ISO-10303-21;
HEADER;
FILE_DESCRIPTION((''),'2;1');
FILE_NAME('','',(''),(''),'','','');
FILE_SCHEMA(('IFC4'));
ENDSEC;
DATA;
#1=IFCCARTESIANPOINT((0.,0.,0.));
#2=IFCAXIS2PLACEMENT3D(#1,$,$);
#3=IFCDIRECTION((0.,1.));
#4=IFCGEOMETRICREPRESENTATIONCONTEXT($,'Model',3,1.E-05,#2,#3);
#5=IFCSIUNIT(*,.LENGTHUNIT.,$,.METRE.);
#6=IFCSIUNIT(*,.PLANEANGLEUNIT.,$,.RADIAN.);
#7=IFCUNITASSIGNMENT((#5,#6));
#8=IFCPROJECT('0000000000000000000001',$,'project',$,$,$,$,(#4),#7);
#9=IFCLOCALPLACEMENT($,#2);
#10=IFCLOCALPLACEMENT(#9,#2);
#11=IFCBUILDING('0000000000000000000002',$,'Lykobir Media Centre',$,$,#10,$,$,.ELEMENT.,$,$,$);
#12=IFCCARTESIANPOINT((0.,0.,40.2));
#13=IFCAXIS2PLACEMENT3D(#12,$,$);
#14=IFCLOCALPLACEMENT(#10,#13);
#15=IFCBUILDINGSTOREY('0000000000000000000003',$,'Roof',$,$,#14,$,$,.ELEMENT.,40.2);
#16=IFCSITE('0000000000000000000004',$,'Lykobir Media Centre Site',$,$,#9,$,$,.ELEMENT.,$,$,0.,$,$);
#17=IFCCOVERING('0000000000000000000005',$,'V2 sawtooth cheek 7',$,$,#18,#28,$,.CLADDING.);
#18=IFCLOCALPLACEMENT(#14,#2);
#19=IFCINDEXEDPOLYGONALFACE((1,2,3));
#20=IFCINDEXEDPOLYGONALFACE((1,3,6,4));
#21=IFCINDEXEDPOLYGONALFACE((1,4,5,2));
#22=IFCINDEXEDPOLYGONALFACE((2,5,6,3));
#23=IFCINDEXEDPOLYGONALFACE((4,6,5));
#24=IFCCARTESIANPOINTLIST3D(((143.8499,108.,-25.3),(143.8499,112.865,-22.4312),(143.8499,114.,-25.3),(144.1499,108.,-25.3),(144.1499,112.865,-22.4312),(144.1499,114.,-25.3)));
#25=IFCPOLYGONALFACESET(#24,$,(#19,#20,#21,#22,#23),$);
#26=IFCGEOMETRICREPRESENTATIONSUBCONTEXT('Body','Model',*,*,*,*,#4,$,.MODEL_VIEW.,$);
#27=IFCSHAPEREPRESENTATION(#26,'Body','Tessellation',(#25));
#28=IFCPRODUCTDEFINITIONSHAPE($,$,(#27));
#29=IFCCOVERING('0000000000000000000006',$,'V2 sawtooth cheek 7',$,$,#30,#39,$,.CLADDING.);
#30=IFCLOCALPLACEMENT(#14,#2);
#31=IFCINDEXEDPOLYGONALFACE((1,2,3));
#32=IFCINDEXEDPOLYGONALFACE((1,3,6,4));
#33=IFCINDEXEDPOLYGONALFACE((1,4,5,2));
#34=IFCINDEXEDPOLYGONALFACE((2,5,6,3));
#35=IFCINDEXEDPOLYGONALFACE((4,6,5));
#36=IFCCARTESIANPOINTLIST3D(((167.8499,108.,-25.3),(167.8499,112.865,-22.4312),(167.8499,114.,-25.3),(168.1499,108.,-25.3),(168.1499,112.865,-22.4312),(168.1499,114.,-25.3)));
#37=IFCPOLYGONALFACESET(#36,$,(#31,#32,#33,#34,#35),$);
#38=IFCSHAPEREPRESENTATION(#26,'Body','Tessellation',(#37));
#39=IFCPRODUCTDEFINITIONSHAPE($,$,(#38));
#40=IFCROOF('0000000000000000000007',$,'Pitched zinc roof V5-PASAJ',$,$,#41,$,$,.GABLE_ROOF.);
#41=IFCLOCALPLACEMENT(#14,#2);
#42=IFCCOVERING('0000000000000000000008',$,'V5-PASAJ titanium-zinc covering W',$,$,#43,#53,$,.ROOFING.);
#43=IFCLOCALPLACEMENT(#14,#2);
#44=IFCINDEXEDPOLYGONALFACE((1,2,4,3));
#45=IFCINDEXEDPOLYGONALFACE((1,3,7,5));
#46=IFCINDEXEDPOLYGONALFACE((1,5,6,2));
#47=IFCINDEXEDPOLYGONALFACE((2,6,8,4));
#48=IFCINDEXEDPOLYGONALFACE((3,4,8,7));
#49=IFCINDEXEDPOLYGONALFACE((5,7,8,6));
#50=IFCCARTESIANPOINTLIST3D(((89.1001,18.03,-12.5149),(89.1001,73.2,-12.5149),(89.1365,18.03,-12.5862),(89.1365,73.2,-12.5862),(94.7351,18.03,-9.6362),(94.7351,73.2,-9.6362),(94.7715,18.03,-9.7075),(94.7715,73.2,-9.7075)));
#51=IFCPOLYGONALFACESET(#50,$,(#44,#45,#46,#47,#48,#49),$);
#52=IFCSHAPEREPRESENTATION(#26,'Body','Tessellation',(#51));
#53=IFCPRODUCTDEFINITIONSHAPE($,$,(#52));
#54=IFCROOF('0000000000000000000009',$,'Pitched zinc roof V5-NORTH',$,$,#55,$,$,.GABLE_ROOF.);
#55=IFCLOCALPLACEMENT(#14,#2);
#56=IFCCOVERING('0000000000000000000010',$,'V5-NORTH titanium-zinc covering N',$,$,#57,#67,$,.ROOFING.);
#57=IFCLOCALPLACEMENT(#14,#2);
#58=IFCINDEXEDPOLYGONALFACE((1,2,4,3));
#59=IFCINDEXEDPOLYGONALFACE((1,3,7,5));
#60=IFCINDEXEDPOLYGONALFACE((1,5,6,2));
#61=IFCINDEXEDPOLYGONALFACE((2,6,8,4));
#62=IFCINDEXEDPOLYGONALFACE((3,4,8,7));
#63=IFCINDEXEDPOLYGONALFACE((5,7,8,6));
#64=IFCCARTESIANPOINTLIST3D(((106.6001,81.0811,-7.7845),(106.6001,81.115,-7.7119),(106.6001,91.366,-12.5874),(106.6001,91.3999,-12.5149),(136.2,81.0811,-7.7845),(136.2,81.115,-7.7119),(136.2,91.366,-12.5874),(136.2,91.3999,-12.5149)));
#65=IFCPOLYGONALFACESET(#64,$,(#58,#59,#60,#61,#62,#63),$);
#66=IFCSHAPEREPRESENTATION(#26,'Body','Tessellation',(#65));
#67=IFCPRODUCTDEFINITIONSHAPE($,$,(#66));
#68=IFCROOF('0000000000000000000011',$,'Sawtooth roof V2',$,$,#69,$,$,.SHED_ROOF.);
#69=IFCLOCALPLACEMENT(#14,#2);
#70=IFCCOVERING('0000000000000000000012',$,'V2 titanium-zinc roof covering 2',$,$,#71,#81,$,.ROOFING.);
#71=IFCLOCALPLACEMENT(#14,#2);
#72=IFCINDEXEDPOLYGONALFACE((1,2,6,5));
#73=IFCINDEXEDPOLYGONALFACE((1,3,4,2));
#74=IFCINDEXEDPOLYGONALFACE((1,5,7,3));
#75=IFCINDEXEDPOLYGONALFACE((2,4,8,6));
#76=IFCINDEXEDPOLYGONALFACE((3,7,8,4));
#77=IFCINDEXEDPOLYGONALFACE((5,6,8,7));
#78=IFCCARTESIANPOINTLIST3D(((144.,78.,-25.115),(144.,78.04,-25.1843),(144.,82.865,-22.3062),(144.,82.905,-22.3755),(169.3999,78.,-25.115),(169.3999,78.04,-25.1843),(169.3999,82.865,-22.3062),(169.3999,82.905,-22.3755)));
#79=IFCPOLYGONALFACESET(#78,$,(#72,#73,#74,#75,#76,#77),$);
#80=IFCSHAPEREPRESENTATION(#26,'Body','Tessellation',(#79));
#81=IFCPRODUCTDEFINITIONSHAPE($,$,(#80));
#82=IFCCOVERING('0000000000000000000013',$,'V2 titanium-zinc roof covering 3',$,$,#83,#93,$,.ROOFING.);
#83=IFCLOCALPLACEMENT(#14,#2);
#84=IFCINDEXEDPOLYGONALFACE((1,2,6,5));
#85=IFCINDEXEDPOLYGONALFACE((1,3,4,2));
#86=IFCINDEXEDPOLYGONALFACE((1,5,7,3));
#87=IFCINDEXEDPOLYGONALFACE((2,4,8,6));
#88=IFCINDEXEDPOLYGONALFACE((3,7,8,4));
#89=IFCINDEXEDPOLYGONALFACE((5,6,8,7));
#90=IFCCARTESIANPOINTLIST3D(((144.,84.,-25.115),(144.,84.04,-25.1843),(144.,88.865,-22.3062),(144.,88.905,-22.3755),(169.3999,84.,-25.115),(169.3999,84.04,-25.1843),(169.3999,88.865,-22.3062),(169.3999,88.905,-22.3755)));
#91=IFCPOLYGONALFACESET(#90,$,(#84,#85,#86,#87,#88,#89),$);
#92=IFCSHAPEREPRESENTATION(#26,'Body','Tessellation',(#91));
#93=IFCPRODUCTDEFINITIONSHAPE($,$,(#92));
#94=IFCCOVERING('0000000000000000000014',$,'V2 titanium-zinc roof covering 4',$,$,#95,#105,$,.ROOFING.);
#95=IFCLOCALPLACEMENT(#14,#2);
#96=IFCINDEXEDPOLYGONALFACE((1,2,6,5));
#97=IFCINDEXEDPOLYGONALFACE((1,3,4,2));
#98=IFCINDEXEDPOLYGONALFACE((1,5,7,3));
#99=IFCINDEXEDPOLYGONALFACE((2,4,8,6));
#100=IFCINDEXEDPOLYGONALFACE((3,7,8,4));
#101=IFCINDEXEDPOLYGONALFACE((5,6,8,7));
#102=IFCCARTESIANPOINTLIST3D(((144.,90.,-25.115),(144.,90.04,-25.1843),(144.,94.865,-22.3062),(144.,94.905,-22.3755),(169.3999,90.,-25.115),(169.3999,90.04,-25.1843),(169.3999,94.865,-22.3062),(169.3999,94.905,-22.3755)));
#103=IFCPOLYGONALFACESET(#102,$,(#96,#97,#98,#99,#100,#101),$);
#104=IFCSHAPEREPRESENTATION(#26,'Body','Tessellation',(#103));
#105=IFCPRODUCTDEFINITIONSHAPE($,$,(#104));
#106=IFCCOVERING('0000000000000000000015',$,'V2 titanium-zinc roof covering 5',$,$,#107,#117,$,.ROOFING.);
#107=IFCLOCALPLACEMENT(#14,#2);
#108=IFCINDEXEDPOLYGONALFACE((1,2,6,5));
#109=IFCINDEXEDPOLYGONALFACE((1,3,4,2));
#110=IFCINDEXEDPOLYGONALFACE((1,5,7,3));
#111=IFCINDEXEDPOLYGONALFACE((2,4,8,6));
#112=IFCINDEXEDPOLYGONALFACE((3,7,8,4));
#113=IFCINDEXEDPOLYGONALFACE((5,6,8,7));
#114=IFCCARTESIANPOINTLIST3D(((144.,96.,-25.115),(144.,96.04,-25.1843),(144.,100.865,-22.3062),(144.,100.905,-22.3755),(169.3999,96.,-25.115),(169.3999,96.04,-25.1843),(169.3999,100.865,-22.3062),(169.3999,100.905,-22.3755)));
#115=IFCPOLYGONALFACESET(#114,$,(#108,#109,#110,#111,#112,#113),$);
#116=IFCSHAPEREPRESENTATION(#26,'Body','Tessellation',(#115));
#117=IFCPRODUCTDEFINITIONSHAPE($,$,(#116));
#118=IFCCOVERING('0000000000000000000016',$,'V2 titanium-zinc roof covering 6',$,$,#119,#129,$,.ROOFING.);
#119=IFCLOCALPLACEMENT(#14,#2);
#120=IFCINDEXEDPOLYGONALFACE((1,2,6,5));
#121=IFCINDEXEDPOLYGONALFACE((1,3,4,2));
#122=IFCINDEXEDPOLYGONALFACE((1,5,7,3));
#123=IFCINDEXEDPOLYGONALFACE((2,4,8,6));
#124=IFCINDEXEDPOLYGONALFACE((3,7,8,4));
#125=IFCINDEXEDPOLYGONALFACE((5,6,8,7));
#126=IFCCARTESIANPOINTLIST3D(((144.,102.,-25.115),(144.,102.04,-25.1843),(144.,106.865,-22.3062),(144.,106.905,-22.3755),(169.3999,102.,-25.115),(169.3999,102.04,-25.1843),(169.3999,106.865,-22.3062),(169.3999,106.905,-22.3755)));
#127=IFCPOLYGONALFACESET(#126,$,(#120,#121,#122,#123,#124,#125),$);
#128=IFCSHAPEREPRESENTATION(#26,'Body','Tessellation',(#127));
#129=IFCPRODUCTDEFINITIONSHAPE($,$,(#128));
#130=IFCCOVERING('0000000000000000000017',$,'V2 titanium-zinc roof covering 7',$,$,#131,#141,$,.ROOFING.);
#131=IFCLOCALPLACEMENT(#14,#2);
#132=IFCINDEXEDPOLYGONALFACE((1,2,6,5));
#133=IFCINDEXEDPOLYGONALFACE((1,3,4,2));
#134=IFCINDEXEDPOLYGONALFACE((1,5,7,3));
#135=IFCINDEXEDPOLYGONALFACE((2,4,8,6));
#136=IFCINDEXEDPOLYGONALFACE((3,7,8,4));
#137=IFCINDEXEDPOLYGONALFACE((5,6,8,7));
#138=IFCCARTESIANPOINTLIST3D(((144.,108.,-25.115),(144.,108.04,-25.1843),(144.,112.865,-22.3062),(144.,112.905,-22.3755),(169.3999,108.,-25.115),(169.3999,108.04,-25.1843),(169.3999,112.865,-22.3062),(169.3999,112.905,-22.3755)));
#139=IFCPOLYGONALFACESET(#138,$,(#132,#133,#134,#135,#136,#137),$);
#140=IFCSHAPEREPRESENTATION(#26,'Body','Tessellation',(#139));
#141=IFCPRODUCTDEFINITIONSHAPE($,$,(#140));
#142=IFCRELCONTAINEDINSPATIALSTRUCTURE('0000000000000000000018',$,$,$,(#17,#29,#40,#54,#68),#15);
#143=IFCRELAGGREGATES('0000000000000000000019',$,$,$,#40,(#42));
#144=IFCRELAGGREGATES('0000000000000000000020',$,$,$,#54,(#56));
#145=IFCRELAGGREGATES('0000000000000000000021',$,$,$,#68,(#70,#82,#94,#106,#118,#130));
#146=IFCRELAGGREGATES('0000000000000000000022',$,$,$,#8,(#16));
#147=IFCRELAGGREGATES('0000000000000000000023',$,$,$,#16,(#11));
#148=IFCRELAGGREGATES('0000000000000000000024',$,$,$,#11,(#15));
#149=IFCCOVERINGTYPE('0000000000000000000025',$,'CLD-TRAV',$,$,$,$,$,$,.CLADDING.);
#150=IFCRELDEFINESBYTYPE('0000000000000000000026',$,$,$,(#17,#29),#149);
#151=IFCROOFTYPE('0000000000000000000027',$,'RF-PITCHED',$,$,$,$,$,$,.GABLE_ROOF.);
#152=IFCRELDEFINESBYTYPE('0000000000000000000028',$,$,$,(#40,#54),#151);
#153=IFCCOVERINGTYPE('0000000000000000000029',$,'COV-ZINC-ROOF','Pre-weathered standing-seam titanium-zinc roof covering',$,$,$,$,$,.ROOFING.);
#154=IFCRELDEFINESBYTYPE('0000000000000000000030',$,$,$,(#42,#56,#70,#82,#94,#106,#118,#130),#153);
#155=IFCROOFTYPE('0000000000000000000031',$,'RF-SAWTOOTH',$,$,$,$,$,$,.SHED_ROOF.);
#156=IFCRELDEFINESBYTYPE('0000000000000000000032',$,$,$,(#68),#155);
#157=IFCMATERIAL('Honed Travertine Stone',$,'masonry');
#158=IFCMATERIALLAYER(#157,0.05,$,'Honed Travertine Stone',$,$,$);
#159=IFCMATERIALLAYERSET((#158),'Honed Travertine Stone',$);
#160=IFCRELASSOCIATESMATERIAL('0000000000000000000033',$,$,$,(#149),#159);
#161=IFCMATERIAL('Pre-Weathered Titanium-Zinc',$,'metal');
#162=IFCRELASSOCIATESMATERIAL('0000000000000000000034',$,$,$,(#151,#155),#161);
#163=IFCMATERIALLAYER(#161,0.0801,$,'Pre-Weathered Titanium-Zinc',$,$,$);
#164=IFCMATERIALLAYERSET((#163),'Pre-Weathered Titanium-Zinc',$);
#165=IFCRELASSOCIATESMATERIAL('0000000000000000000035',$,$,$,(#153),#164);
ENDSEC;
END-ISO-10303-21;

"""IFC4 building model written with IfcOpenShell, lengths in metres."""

from ifc_helpers import new_model, si_unit, direction, frame, origin, place, context, subcontext, project, spatial, polyline, outline, extrude, material, layer, layer_set, type_object, element, aggregate, save


model = new_model("IFC4")

# Units and contexts
model_context = context("Model", 3, precision=1e-05, world=origin(), true_north=direction((0.0, 1.0)))
body_context = subcontext(model_context, "Body", "Model", "MODEL_VIEW")
ifc_project = project(units=[si_unit("LENGTHUNIT", "METRE"), si_unit("PLANEANGLEUNIT", "RADIAN")], contexts=[model_context])

# Site, building, storey
site_placement = place(None, origin())
site = spatial("IfcSite", under=ifc_project, at=site_placement, Name="Lykobir Media Centre Site", CompositionType="ELEMENT", RefElevation=0.0)
building_placement = place(site_placement, origin())
building = spatial("IfcBuilding", under=site, at=building_placement, Name="Lykobir Media Centre", CompositionType="ELEMENT")
storey_placement = place(building_placement, frame((0.0, 0.0, 40.2)))
storey = spatial("IfcBuildingStorey", under=building, at=storey_placement, Name="Roof", CompositionType="ELEMENT", Elevation=40.2)

# Coverings
ifc_material_1 = material(Name="Honed Travertine Stone", Category="masonry")
ifc_layer_1 = layer(ifc_material_1, 0.05, Name="Honed Travertine Stone")
ifc_layer_set_1 = layer_set([ifc_layer_1], Name="Honed Travertine Stone")
covering_type_1 = type_object("IfcCoveringType", Name="CLD-TRAV", PredefinedType="CLADDING", material=ifc_layer_set_1)
for number, where, z_axis, x_axis, name in (
    (1, (144.1499, 108.0, -25.3), (1.0, 0.0, 0.0), (0.0, 1.0, 0.0), "V2 sawtooth cheek 7"),
    (2, (168.1499, 108.0, -25.3), (1.0, 0.0, 0.0), (0.0, 1.0, 0.0), "V2 sawtooth cheek 7"),
):
    element("IfcCovering", number, at=place(storey_placement, frame(where, z_axis=z_axis, x_axis=x_axis)), inside=storey, type_object=covering_type_1, Name=name, PredefinedType="CLADDING", context=body_context, shape_type="SweptSolid", body=[
        extrude(outline(polyline([(0.0, 0.0), (6.0, 0.0), (4.865, 2.8689), (0.0, 0.0)])), origin(), (0.0, 0.0, -1.0), 0.3),
    ])

# Roofs, coverings
ifc_material_2 = material(Name="Pre-Weathered Titanium-Zinc", Category="metal")
roof_type_1 = type_object("IfcRoofType", Name="RF-PITCHED", PredefinedType="GABLE_ROOF", material=ifc_material_2)
roof_1_placement = place(storey_placement, origin())
roof_1 = element("IfcRoof", 3, at=roof_1_placement, inside=storey, type_object=roof_type_1, Name="Pitched zinc roof V5-PASAJ", PredefinedType="GABLE_ROOF")
ifc_layer_2 = layer(ifc_material_2, 0.0801, Name="Pre-Weathered Titanium-Zinc")
ifc_layer_set_2 = layer_set([ifc_layer_2], Name="Pre-Weathered Titanium-Zinc")
covering_type_2 = type_object("IfcCoveringType", Name="COV-ZINC-ROOF", Description="Pre-weathered standing-seam titanium-zinc roof covering", PredefinedType="ROOFING", material=ifc_layer_set_2)
covering_1_placement = place(storey_placement, frame((89.1001, 73.2, -12.5149), z_axis=(-0.454929, 0.0, 0.890528), x_axis=(0.0, -1.0, 0.0)))
covering_1 = element("IfcCovering", 4, at=covering_1_placement, type_object=covering_type_2, Name="V5-PASAJ titanium-zinc covering W", PredefinedType="ROOFING", context=body_context, shape_type="SweptSolid", body=[
    extrude(outline(polyline([(0.0, 0.0), (55.1699, 0.0), (55.1699, 6.3277), (0.0, 6.3277), (0.0, 0.0)])), origin(), (0.0, 0.0, -1.0), 0.0801),
])
aggregate(roof_1, [covering_1])
roof_2_placement = place(storey_placement, origin())
roof_2 = element("IfcRoof", 5, at=roof_2_placement, inside=storey, type_object=roof_type_1, Name="Pitched zinc roof V5-NORTH", PredefinedType="GABLE_ROOF")
covering_2_placement = place(storey_placement, frame((136.2, 91.3999, -12.5149), z_axis=(0.0, 0.423128, 0.90607), x_axis=(-1.0, 0.0, 0.0)))
covering_2 = element("IfcCovering", 6, at=covering_2_placement, type_object=covering_type_2, Name="V5-NORTH titanium-zinc covering N", PredefinedType="ROOFING", context=body_context, shape_type="SweptSolid", body=[
    extrude(outline(polyline([(0.0, 0.0), (29.5999, 0.0), (29.5999, 11.3511), (0.0, 11.3511), (0.0, 0.0)])), origin(), (0.0, 0.0, -1.0), 0.0801),
])
aggregate(roof_2, [covering_2])

# Roof, coverings
roof_type_2 = type_object("IfcRoofType", Name="RF-SAWTOOTH", PredefinedType="SHED_ROOF", material=ifc_material_2)
roof_3_placement = place(storey_placement, origin())
roof_3 = element("IfcRoof", 7, at=roof_3_placement, inside=storey, type_object=roof_type_2, Name="Sawtooth roof V2", PredefinedType="SHED_ROOF")
covering_3_placement = place(storey_placement, frame((144.0, 78.0, -25.115), z_axis=(0.0, -0.500005, 0.866023), x_axis=(1.0, 0.0, 0.0)))
covering_3 = element("IfcCovering", 8, at=covering_3_placement, type_object=covering_type_2, Name="V2 titanium-zinc roof covering 2", PredefinedType="ROOFING", context=body_context, shape_type="SweptSolid", body=[
    extrude(outline(polyline([(0.0, 0.0), (25.3999, 0.0), (25.3999, 5.6176), (0.0, 5.6176), (0.0, 0.0)])), origin(), (0.0, 0.0, -1.0), 0.0801),
])
covering_4_placement = place(storey_placement, frame((144.0, 84.0, -25.115), z_axis=(0.0, -0.500005, 0.866023), x_axis=(1.0, 0.0, 0.0)))
covering_4 = element("IfcCovering", 9, at=covering_4_placement, type_object=covering_type_2, Name="V2 titanium-zinc roof covering 3", PredefinedType="ROOFING", context=body_context, shape_type="SweptSolid", body=[
    extrude(outline(polyline([(0.0, 0.0), (25.3999, 0.0), (25.3999, 5.6176), (0.0, 5.6176), (0.0, 0.0)])), origin(), (0.0, 0.0, -1.0), 0.0801),
])
covering_5_placement = place(storey_placement, frame((144.0, 90.0, -25.115), z_axis=(0.0, -0.500005, 0.866023), x_axis=(1.0, 0.0, 0.0)))
covering_5 = element("IfcCovering", 10, at=covering_5_placement, type_object=covering_type_2, Name="V2 titanium-zinc roof covering 4", PredefinedType="ROOFING", context=body_context, shape_type="SweptSolid", body=[
    extrude(outline(polyline([(0.0, 0.0), (25.3999, 0.0), (25.3999, 5.6176), (0.0, 5.6176), (0.0, 0.0)])), origin(), (0.0, 0.0, -1.0), 0.0801),
])
covering_6_placement = place(storey_placement, frame((144.0, 96.0, -25.115), z_axis=(0.0, -0.500005, 0.866023), x_axis=(1.0, 0.0, 0.0)))
covering_6 = element("IfcCovering", 11, at=covering_6_placement, type_object=covering_type_2, Name="V2 titanium-zinc roof covering 5", PredefinedType="ROOFING", context=body_context, shape_type="SweptSolid", body=[
    extrude(outline(polyline([(0.0, 0.0), (25.3999, 0.0), (25.3999, 5.6176), (0.0, 5.6176), (0.0, 0.0)])), origin(), (0.0, 0.0, -1.0), 0.0801),
])
covering_7_placement = place(storey_placement, frame((144.0, 102.0, -25.115), z_axis=(0.0, -0.500005, 0.866023), x_axis=(1.0, 0.0, 0.0)))
covering_7 = element("IfcCovering", 12, at=covering_7_placement, type_object=covering_type_2, Name="V2 titanium-zinc roof covering 6", PredefinedType="ROOFING", context=body_context, shape_type="SweptSolid", body=[
    extrude(outline(polyline([(0.0, 0.0), (25.3999, 0.0), (25.3999, 5.6176), (0.0, 5.6176), (0.0, 0.0)])), origin(), (0.0, 0.0, -1.0), 0.0801),
])
covering_8_placement = place(storey_placement, frame((144.0, 108.0, -25.115), z_axis=(0.0, -0.500005, 0.866023), x_axis=(1.0, 0.0, 0.0)))
covering_8 = element("IfcCovering", 13, at=covering_8_placement, type_object=covering_type_2, Name="V2 titanium-zinc roof covering 7", PredefinedType="ROOFING", context=body_context, shape_type="SweptSolid", body=[
    extrude(outline(polyline([(0.0, 0.0), (25.3999, 0.0), (25.3999, 5.6176), (0.0, 5.6176), (0.0, 0.0)])), origin(), (0.0, 0.0, -1.0), 0.0801),
])
aggregate(roof_3, [covering_3, covering_4, covering_5, covering_6, covering_7, covering_8])

save(model, "model.ifc")
